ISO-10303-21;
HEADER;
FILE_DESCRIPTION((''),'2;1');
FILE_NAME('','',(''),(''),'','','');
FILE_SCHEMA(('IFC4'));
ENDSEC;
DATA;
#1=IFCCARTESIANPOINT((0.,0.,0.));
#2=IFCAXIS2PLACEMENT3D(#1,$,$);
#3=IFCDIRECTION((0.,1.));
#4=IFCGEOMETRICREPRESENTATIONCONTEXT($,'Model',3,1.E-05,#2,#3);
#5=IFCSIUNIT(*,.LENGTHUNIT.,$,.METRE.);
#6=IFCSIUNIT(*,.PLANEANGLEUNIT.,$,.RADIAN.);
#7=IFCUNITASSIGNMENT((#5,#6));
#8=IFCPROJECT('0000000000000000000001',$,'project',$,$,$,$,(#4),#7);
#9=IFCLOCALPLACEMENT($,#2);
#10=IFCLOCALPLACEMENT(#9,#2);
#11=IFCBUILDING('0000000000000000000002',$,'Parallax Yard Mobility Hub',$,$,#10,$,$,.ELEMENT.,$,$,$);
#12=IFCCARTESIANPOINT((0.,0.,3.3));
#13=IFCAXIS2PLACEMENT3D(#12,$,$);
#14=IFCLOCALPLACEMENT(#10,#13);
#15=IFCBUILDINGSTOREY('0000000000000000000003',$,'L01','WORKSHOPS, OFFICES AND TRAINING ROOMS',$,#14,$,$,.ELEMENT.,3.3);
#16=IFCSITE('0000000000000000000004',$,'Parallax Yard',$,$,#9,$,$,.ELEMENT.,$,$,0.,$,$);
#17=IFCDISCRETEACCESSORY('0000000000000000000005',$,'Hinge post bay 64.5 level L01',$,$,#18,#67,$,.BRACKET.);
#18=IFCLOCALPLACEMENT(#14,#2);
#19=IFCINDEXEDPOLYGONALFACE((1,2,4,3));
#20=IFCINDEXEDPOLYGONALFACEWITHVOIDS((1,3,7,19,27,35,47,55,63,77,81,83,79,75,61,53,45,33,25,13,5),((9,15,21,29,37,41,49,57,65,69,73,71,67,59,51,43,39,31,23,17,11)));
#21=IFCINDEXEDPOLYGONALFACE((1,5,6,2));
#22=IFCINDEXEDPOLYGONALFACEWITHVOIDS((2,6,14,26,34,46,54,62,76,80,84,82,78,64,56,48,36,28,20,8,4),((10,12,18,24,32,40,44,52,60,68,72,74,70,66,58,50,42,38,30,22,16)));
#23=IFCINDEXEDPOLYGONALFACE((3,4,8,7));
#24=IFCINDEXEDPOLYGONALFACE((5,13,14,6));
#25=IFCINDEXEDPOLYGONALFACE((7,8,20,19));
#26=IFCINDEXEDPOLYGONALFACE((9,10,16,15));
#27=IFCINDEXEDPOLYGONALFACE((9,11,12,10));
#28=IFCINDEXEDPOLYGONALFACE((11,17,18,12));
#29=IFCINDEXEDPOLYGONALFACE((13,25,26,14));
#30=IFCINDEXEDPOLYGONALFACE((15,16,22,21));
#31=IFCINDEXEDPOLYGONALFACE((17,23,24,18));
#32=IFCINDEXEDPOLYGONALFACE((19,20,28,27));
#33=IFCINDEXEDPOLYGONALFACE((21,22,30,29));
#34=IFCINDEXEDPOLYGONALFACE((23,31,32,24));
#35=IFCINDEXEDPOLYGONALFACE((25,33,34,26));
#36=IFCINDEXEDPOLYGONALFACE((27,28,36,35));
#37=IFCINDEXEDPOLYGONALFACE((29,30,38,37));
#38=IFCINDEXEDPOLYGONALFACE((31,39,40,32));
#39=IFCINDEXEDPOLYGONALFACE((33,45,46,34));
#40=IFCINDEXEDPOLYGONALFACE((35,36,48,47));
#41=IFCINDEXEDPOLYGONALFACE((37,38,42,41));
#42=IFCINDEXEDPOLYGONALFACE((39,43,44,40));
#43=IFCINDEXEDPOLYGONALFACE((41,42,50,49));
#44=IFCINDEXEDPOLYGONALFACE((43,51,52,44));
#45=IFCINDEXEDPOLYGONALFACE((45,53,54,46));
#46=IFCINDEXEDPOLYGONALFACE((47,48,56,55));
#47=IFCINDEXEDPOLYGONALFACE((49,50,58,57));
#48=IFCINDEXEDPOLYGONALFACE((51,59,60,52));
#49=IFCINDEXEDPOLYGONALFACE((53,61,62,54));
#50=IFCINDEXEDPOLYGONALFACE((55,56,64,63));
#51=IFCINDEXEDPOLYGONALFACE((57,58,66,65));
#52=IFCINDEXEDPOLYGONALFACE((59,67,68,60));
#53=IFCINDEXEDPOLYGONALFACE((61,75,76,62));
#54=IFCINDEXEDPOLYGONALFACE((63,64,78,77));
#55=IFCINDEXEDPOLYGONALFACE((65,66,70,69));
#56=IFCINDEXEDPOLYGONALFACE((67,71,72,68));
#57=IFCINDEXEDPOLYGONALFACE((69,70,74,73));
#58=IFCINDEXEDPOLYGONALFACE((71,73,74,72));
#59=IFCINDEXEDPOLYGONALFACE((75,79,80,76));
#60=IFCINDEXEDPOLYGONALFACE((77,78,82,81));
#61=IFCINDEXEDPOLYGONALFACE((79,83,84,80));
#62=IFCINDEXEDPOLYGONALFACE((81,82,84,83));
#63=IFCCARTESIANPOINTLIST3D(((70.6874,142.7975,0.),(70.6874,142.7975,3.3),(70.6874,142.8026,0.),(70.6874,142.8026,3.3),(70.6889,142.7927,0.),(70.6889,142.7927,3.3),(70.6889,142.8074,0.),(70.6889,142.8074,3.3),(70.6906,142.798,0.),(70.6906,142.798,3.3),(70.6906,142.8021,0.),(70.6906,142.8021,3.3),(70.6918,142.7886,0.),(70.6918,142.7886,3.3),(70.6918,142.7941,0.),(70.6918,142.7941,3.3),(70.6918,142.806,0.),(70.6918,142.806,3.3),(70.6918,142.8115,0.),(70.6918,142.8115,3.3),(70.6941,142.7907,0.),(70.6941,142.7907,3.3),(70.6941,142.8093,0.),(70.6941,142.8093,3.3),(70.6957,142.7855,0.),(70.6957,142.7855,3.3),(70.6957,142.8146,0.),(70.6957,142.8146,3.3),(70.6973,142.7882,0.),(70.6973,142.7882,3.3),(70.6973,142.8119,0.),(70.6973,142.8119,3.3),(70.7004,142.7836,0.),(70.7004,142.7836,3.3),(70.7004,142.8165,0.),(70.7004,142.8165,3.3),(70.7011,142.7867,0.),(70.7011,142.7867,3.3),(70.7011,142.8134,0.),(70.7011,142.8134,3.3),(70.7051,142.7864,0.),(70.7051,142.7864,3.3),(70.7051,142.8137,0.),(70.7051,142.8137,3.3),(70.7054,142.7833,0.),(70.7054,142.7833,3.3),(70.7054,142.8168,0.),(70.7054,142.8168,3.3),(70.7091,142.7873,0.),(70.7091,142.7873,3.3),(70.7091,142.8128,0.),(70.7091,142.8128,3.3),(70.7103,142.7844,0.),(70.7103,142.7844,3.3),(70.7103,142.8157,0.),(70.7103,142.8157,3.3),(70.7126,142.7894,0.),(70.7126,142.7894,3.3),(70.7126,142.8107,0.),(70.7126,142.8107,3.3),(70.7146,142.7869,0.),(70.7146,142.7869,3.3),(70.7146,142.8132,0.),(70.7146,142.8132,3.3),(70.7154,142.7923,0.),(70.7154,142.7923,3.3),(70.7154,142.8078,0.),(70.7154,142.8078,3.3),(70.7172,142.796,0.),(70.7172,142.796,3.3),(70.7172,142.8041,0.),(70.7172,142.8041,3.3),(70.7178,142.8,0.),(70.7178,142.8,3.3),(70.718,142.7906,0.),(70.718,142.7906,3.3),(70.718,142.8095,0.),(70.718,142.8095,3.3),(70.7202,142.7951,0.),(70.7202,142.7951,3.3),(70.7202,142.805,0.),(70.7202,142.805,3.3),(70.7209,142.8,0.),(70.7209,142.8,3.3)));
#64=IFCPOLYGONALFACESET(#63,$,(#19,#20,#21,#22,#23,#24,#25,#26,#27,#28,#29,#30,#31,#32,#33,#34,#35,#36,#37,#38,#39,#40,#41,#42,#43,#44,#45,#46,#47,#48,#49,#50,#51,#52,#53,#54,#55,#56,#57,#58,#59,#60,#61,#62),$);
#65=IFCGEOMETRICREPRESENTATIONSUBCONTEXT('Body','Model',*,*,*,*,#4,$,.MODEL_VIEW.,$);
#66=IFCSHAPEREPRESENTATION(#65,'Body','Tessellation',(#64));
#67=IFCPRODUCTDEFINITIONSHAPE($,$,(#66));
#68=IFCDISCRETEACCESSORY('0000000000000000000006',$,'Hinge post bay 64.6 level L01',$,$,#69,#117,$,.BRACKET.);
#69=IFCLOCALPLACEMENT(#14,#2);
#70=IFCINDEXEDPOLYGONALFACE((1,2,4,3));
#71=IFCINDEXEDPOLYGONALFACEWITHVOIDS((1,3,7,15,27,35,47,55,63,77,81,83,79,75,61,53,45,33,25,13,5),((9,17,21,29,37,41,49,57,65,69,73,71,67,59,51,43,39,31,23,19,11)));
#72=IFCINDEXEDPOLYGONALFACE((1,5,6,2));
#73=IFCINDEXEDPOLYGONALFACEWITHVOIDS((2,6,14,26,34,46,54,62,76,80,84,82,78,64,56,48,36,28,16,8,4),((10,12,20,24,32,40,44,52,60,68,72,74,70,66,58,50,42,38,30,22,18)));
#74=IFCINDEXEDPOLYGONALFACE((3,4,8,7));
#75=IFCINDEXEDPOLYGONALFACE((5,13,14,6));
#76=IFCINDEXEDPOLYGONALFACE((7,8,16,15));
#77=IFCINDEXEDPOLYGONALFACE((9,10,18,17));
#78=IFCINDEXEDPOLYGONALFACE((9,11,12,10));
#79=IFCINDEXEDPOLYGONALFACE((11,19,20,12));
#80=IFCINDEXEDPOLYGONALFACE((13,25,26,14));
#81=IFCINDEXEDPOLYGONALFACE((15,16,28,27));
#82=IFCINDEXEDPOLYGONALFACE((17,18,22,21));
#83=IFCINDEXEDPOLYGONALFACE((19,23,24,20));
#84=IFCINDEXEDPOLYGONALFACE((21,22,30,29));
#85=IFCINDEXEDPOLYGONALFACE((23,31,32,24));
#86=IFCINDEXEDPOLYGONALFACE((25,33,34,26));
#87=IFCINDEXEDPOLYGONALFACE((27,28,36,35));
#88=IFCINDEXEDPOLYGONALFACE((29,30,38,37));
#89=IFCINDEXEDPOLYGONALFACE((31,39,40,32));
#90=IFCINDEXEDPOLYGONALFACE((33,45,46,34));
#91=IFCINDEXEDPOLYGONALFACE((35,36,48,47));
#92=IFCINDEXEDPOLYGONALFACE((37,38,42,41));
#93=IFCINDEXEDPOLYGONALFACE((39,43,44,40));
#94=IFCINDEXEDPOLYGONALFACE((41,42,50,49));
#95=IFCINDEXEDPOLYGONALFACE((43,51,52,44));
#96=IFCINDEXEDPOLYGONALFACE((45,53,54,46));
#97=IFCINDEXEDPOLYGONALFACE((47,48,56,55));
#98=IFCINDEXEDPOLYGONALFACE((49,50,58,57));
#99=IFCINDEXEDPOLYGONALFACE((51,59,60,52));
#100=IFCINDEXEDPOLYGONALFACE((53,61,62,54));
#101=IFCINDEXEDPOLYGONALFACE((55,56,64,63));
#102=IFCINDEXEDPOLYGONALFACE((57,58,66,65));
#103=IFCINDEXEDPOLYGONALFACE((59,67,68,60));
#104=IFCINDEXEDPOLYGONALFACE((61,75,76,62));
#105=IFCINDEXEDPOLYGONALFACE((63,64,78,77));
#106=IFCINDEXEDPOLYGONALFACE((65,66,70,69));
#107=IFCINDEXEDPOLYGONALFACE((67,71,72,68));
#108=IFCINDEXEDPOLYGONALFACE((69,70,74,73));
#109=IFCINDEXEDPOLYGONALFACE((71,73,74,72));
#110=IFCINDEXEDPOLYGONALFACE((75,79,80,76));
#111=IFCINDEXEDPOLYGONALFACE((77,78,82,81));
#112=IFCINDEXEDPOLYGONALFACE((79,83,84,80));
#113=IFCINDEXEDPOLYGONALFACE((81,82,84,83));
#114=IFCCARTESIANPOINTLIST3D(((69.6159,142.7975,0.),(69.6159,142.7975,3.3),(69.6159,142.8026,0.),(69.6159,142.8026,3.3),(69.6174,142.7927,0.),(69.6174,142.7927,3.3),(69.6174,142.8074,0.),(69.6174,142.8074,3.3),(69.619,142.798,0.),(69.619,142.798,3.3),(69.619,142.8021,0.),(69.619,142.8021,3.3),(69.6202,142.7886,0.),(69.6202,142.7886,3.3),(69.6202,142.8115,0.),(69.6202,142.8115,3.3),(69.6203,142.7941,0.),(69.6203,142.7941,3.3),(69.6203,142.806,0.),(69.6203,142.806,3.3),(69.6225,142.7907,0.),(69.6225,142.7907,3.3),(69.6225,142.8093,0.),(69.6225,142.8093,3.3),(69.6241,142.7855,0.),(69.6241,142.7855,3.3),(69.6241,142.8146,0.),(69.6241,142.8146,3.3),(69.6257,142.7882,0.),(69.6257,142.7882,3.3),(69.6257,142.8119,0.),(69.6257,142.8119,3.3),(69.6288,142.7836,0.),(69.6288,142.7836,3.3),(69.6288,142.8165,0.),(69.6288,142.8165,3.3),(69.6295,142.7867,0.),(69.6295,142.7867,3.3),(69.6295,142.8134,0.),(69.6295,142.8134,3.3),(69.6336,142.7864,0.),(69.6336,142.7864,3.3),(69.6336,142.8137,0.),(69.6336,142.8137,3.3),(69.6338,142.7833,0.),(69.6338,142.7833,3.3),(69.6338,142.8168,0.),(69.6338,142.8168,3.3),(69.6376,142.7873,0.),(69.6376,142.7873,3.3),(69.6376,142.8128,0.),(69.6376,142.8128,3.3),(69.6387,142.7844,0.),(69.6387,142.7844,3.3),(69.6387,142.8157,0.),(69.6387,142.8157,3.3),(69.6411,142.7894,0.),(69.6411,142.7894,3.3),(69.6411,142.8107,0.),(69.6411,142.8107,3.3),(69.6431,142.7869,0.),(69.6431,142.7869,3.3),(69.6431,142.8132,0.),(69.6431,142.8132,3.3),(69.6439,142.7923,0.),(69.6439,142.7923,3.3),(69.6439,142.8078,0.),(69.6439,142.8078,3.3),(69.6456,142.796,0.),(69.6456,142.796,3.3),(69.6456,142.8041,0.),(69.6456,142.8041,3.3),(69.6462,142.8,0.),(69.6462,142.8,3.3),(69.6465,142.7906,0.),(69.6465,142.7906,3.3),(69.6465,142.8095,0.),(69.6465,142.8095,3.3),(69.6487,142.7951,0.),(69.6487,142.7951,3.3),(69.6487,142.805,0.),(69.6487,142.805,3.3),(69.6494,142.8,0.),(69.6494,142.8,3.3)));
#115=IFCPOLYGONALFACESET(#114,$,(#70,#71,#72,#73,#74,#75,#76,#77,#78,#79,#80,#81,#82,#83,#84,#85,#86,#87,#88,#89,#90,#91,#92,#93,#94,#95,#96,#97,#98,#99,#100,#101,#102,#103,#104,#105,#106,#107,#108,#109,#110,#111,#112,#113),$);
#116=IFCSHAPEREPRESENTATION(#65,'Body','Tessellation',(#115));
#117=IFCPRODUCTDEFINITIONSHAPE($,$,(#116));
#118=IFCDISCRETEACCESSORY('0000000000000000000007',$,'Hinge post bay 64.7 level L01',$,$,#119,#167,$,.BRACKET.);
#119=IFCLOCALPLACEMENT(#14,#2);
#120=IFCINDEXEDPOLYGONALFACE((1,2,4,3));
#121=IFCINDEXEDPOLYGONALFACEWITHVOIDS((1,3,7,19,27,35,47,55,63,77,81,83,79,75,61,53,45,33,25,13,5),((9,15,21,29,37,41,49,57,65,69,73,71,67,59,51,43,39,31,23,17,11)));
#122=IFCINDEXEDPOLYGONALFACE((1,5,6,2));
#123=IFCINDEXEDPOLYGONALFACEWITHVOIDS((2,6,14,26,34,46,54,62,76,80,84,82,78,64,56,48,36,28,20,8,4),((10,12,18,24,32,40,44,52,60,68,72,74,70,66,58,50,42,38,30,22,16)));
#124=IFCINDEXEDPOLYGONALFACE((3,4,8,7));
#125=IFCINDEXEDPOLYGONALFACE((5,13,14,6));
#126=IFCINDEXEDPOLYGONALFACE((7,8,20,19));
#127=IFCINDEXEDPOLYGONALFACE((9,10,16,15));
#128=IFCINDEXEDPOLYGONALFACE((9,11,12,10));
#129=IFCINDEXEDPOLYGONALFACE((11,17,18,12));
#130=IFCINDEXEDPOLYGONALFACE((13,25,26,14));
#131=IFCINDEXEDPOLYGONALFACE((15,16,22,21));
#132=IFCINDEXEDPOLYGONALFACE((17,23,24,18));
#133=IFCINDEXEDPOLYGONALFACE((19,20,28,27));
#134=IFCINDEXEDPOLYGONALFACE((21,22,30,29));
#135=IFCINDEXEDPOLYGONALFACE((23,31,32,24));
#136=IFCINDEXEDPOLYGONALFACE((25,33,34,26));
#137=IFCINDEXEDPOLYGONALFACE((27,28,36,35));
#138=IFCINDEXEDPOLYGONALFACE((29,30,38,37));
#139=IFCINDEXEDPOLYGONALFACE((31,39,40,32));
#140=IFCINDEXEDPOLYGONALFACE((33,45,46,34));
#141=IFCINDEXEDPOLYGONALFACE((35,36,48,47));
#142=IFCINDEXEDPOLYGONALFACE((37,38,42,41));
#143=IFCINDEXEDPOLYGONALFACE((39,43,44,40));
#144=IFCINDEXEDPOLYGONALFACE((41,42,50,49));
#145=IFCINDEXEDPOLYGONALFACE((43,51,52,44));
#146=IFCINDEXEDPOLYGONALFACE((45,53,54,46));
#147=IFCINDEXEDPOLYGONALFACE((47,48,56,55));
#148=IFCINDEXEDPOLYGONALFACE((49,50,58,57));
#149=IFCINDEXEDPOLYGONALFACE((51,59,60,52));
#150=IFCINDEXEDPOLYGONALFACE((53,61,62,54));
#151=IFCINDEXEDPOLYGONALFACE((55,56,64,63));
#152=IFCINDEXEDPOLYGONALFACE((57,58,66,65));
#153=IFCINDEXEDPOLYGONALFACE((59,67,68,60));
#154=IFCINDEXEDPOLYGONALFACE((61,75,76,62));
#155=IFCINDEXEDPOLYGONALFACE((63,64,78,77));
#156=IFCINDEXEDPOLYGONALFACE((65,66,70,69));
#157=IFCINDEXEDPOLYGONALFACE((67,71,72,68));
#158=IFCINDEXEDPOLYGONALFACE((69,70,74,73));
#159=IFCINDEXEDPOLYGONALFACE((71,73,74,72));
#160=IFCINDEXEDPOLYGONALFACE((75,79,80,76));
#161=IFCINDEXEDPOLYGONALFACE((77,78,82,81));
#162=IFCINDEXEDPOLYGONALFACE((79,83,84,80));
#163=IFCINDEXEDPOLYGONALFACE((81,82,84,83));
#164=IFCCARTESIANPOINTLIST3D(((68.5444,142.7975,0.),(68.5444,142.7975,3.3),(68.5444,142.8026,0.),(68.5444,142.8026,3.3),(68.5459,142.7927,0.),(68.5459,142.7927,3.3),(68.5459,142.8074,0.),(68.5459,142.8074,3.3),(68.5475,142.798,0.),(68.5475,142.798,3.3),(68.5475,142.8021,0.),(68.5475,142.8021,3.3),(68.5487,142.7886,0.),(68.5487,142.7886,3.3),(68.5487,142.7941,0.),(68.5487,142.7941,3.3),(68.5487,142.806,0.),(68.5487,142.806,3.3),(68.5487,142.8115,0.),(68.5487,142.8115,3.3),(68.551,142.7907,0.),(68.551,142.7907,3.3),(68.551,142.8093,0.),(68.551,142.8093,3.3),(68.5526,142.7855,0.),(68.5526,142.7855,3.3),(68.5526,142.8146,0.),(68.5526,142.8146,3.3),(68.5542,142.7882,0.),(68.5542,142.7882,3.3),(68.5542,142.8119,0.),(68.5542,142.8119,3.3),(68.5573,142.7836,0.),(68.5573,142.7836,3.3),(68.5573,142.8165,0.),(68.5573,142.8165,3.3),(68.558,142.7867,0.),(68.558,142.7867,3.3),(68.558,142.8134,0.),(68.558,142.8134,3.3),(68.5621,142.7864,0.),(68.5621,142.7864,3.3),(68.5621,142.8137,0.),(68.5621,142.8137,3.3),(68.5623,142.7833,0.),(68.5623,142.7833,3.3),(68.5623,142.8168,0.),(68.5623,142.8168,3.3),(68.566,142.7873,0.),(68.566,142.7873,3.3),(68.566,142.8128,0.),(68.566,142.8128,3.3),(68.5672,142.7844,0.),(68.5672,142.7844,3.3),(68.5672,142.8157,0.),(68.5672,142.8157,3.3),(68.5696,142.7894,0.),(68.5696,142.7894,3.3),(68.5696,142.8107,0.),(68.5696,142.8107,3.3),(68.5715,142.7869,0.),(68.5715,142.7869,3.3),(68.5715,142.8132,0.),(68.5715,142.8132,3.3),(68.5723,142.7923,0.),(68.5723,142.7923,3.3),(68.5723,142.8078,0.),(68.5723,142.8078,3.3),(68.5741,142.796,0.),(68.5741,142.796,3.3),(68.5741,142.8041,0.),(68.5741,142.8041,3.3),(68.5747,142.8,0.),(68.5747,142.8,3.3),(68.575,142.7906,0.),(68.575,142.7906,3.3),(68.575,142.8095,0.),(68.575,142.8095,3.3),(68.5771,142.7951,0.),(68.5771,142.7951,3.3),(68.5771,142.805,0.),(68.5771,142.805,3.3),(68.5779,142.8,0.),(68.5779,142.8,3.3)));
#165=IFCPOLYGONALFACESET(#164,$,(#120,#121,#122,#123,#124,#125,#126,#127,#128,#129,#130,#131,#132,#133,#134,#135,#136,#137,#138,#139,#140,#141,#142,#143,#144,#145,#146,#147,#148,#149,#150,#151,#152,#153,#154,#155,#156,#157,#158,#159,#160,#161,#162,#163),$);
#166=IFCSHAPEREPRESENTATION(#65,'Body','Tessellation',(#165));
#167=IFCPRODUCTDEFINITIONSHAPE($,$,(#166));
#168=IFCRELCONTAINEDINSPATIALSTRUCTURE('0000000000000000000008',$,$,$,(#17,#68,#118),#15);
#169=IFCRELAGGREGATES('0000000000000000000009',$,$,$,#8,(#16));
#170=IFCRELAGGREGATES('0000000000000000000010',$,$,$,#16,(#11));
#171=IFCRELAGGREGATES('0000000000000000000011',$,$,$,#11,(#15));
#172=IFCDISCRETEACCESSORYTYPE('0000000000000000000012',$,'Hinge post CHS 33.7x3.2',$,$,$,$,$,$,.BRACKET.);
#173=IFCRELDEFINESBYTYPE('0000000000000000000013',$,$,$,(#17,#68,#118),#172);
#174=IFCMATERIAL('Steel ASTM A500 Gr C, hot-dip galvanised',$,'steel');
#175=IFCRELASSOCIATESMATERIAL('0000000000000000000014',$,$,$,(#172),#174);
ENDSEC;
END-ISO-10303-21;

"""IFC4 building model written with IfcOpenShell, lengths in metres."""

from ifc_helpers import new_model, si_unit, direction, frame, origin, origin_2d, place, context, subcontext, project, spatial, hollow_circle, extrude, material, material_profile, profile_set, type_object, element, save


model = new_model("IFC4")

# Units and contexts
model_context = context("Model", 3, precision=1e-05, world=origin(), true_north=direction((0.0, 1.0)))
body_context = subcontext(model_context, "Body", "Model", "MODEL_VIEW")
ifc_project = project(units=[si_unit("LENGTHUNIT", "METRE"), si_unit("PLANEANGLEUNIT", "RADIAN")], contexts=[model_context])

# Site, building, storey
site_placement = place(None, origin())
site = spatial("IfcSite", under=ifc_project, at=site_placement, Name="Parallax Yard", CompositionType="ELEMENT", RefElevation=0.0)
building_placement = place(site_placement, origin())
building = spatial("IfcBuilding", under=site, at=building_placement, Name="Parallax Yard Mobility Hub", CompositionType="ELEMENT")
storey_placement = place(building_placement, frame((0.0, 0.0, 3.3)))
storey = spatial("IfcBuildingStorey", under=building, at=storey_placement, Name="L01", Description="WORKSHOPS, OFFICES AND TRAINING ROOMS", CompositionType="ELEMENT", Elevation=3.3)

# Discrete accessories
ifc_material_1 = material(Name="Steel ASTM A500 Gr C, hot-dip galvanised", Category="steel")
ifc_material_profile = material_profile(ifc_material_1, hollow_circle(Radius=0.0168, WallThickness=0.0032, at=origin_2d()), Name="CHS 33.7x3.2")
ifc_profile_set = profile_set([ifc_material_profile], Name="Steel ASTM A500 Gr C, hot-dip galvanised")
discrete_accessory_type_1 = type_object("IfcDiscreteAccessoryType", Name="Hinge post CHS 33.7x3.2", PredefinedType="BRACKET", material=ifc_profile_set)
for number, where, z_axis, x_axis, name in (
    (1, (70.7041, 142.8, 0.0), (0.0, 0.0, 1.0), (1.0, 0.0, 0.0), "Hinge post bay 64.5 level L01"),
    (2, (69.6326, 142.8, 0.0), (0.0, 0.0, 1.0), (1.0, 0.0, 0.0), "Hinge post bay 64.6 level L01"),
    (3, (68.561, 142.8, 0.0), (0.0, 0.0, 1.0), (1.0, 0.0, 0.0), "Hinge post bay 64.7 level L01"),
):
    element("IfcDiscreteAccessory", number, at=place(storey_placement, frame(where, z_axis=z_axis, x_axis=x_axis)), inside=storey, type_object=discrete_accessory_type_1, Name=name, PredefinedType="BRACKET", context=body_context, shape_type="SweptSolid", body=[
        extrude(hollow_circle(Radius=0.0168, WallThickness=0.0032, at=origin_2d()), origin(), (0.0, 0.0, 1.0), 3.3),
    ])

save(model, "model.ifc")
